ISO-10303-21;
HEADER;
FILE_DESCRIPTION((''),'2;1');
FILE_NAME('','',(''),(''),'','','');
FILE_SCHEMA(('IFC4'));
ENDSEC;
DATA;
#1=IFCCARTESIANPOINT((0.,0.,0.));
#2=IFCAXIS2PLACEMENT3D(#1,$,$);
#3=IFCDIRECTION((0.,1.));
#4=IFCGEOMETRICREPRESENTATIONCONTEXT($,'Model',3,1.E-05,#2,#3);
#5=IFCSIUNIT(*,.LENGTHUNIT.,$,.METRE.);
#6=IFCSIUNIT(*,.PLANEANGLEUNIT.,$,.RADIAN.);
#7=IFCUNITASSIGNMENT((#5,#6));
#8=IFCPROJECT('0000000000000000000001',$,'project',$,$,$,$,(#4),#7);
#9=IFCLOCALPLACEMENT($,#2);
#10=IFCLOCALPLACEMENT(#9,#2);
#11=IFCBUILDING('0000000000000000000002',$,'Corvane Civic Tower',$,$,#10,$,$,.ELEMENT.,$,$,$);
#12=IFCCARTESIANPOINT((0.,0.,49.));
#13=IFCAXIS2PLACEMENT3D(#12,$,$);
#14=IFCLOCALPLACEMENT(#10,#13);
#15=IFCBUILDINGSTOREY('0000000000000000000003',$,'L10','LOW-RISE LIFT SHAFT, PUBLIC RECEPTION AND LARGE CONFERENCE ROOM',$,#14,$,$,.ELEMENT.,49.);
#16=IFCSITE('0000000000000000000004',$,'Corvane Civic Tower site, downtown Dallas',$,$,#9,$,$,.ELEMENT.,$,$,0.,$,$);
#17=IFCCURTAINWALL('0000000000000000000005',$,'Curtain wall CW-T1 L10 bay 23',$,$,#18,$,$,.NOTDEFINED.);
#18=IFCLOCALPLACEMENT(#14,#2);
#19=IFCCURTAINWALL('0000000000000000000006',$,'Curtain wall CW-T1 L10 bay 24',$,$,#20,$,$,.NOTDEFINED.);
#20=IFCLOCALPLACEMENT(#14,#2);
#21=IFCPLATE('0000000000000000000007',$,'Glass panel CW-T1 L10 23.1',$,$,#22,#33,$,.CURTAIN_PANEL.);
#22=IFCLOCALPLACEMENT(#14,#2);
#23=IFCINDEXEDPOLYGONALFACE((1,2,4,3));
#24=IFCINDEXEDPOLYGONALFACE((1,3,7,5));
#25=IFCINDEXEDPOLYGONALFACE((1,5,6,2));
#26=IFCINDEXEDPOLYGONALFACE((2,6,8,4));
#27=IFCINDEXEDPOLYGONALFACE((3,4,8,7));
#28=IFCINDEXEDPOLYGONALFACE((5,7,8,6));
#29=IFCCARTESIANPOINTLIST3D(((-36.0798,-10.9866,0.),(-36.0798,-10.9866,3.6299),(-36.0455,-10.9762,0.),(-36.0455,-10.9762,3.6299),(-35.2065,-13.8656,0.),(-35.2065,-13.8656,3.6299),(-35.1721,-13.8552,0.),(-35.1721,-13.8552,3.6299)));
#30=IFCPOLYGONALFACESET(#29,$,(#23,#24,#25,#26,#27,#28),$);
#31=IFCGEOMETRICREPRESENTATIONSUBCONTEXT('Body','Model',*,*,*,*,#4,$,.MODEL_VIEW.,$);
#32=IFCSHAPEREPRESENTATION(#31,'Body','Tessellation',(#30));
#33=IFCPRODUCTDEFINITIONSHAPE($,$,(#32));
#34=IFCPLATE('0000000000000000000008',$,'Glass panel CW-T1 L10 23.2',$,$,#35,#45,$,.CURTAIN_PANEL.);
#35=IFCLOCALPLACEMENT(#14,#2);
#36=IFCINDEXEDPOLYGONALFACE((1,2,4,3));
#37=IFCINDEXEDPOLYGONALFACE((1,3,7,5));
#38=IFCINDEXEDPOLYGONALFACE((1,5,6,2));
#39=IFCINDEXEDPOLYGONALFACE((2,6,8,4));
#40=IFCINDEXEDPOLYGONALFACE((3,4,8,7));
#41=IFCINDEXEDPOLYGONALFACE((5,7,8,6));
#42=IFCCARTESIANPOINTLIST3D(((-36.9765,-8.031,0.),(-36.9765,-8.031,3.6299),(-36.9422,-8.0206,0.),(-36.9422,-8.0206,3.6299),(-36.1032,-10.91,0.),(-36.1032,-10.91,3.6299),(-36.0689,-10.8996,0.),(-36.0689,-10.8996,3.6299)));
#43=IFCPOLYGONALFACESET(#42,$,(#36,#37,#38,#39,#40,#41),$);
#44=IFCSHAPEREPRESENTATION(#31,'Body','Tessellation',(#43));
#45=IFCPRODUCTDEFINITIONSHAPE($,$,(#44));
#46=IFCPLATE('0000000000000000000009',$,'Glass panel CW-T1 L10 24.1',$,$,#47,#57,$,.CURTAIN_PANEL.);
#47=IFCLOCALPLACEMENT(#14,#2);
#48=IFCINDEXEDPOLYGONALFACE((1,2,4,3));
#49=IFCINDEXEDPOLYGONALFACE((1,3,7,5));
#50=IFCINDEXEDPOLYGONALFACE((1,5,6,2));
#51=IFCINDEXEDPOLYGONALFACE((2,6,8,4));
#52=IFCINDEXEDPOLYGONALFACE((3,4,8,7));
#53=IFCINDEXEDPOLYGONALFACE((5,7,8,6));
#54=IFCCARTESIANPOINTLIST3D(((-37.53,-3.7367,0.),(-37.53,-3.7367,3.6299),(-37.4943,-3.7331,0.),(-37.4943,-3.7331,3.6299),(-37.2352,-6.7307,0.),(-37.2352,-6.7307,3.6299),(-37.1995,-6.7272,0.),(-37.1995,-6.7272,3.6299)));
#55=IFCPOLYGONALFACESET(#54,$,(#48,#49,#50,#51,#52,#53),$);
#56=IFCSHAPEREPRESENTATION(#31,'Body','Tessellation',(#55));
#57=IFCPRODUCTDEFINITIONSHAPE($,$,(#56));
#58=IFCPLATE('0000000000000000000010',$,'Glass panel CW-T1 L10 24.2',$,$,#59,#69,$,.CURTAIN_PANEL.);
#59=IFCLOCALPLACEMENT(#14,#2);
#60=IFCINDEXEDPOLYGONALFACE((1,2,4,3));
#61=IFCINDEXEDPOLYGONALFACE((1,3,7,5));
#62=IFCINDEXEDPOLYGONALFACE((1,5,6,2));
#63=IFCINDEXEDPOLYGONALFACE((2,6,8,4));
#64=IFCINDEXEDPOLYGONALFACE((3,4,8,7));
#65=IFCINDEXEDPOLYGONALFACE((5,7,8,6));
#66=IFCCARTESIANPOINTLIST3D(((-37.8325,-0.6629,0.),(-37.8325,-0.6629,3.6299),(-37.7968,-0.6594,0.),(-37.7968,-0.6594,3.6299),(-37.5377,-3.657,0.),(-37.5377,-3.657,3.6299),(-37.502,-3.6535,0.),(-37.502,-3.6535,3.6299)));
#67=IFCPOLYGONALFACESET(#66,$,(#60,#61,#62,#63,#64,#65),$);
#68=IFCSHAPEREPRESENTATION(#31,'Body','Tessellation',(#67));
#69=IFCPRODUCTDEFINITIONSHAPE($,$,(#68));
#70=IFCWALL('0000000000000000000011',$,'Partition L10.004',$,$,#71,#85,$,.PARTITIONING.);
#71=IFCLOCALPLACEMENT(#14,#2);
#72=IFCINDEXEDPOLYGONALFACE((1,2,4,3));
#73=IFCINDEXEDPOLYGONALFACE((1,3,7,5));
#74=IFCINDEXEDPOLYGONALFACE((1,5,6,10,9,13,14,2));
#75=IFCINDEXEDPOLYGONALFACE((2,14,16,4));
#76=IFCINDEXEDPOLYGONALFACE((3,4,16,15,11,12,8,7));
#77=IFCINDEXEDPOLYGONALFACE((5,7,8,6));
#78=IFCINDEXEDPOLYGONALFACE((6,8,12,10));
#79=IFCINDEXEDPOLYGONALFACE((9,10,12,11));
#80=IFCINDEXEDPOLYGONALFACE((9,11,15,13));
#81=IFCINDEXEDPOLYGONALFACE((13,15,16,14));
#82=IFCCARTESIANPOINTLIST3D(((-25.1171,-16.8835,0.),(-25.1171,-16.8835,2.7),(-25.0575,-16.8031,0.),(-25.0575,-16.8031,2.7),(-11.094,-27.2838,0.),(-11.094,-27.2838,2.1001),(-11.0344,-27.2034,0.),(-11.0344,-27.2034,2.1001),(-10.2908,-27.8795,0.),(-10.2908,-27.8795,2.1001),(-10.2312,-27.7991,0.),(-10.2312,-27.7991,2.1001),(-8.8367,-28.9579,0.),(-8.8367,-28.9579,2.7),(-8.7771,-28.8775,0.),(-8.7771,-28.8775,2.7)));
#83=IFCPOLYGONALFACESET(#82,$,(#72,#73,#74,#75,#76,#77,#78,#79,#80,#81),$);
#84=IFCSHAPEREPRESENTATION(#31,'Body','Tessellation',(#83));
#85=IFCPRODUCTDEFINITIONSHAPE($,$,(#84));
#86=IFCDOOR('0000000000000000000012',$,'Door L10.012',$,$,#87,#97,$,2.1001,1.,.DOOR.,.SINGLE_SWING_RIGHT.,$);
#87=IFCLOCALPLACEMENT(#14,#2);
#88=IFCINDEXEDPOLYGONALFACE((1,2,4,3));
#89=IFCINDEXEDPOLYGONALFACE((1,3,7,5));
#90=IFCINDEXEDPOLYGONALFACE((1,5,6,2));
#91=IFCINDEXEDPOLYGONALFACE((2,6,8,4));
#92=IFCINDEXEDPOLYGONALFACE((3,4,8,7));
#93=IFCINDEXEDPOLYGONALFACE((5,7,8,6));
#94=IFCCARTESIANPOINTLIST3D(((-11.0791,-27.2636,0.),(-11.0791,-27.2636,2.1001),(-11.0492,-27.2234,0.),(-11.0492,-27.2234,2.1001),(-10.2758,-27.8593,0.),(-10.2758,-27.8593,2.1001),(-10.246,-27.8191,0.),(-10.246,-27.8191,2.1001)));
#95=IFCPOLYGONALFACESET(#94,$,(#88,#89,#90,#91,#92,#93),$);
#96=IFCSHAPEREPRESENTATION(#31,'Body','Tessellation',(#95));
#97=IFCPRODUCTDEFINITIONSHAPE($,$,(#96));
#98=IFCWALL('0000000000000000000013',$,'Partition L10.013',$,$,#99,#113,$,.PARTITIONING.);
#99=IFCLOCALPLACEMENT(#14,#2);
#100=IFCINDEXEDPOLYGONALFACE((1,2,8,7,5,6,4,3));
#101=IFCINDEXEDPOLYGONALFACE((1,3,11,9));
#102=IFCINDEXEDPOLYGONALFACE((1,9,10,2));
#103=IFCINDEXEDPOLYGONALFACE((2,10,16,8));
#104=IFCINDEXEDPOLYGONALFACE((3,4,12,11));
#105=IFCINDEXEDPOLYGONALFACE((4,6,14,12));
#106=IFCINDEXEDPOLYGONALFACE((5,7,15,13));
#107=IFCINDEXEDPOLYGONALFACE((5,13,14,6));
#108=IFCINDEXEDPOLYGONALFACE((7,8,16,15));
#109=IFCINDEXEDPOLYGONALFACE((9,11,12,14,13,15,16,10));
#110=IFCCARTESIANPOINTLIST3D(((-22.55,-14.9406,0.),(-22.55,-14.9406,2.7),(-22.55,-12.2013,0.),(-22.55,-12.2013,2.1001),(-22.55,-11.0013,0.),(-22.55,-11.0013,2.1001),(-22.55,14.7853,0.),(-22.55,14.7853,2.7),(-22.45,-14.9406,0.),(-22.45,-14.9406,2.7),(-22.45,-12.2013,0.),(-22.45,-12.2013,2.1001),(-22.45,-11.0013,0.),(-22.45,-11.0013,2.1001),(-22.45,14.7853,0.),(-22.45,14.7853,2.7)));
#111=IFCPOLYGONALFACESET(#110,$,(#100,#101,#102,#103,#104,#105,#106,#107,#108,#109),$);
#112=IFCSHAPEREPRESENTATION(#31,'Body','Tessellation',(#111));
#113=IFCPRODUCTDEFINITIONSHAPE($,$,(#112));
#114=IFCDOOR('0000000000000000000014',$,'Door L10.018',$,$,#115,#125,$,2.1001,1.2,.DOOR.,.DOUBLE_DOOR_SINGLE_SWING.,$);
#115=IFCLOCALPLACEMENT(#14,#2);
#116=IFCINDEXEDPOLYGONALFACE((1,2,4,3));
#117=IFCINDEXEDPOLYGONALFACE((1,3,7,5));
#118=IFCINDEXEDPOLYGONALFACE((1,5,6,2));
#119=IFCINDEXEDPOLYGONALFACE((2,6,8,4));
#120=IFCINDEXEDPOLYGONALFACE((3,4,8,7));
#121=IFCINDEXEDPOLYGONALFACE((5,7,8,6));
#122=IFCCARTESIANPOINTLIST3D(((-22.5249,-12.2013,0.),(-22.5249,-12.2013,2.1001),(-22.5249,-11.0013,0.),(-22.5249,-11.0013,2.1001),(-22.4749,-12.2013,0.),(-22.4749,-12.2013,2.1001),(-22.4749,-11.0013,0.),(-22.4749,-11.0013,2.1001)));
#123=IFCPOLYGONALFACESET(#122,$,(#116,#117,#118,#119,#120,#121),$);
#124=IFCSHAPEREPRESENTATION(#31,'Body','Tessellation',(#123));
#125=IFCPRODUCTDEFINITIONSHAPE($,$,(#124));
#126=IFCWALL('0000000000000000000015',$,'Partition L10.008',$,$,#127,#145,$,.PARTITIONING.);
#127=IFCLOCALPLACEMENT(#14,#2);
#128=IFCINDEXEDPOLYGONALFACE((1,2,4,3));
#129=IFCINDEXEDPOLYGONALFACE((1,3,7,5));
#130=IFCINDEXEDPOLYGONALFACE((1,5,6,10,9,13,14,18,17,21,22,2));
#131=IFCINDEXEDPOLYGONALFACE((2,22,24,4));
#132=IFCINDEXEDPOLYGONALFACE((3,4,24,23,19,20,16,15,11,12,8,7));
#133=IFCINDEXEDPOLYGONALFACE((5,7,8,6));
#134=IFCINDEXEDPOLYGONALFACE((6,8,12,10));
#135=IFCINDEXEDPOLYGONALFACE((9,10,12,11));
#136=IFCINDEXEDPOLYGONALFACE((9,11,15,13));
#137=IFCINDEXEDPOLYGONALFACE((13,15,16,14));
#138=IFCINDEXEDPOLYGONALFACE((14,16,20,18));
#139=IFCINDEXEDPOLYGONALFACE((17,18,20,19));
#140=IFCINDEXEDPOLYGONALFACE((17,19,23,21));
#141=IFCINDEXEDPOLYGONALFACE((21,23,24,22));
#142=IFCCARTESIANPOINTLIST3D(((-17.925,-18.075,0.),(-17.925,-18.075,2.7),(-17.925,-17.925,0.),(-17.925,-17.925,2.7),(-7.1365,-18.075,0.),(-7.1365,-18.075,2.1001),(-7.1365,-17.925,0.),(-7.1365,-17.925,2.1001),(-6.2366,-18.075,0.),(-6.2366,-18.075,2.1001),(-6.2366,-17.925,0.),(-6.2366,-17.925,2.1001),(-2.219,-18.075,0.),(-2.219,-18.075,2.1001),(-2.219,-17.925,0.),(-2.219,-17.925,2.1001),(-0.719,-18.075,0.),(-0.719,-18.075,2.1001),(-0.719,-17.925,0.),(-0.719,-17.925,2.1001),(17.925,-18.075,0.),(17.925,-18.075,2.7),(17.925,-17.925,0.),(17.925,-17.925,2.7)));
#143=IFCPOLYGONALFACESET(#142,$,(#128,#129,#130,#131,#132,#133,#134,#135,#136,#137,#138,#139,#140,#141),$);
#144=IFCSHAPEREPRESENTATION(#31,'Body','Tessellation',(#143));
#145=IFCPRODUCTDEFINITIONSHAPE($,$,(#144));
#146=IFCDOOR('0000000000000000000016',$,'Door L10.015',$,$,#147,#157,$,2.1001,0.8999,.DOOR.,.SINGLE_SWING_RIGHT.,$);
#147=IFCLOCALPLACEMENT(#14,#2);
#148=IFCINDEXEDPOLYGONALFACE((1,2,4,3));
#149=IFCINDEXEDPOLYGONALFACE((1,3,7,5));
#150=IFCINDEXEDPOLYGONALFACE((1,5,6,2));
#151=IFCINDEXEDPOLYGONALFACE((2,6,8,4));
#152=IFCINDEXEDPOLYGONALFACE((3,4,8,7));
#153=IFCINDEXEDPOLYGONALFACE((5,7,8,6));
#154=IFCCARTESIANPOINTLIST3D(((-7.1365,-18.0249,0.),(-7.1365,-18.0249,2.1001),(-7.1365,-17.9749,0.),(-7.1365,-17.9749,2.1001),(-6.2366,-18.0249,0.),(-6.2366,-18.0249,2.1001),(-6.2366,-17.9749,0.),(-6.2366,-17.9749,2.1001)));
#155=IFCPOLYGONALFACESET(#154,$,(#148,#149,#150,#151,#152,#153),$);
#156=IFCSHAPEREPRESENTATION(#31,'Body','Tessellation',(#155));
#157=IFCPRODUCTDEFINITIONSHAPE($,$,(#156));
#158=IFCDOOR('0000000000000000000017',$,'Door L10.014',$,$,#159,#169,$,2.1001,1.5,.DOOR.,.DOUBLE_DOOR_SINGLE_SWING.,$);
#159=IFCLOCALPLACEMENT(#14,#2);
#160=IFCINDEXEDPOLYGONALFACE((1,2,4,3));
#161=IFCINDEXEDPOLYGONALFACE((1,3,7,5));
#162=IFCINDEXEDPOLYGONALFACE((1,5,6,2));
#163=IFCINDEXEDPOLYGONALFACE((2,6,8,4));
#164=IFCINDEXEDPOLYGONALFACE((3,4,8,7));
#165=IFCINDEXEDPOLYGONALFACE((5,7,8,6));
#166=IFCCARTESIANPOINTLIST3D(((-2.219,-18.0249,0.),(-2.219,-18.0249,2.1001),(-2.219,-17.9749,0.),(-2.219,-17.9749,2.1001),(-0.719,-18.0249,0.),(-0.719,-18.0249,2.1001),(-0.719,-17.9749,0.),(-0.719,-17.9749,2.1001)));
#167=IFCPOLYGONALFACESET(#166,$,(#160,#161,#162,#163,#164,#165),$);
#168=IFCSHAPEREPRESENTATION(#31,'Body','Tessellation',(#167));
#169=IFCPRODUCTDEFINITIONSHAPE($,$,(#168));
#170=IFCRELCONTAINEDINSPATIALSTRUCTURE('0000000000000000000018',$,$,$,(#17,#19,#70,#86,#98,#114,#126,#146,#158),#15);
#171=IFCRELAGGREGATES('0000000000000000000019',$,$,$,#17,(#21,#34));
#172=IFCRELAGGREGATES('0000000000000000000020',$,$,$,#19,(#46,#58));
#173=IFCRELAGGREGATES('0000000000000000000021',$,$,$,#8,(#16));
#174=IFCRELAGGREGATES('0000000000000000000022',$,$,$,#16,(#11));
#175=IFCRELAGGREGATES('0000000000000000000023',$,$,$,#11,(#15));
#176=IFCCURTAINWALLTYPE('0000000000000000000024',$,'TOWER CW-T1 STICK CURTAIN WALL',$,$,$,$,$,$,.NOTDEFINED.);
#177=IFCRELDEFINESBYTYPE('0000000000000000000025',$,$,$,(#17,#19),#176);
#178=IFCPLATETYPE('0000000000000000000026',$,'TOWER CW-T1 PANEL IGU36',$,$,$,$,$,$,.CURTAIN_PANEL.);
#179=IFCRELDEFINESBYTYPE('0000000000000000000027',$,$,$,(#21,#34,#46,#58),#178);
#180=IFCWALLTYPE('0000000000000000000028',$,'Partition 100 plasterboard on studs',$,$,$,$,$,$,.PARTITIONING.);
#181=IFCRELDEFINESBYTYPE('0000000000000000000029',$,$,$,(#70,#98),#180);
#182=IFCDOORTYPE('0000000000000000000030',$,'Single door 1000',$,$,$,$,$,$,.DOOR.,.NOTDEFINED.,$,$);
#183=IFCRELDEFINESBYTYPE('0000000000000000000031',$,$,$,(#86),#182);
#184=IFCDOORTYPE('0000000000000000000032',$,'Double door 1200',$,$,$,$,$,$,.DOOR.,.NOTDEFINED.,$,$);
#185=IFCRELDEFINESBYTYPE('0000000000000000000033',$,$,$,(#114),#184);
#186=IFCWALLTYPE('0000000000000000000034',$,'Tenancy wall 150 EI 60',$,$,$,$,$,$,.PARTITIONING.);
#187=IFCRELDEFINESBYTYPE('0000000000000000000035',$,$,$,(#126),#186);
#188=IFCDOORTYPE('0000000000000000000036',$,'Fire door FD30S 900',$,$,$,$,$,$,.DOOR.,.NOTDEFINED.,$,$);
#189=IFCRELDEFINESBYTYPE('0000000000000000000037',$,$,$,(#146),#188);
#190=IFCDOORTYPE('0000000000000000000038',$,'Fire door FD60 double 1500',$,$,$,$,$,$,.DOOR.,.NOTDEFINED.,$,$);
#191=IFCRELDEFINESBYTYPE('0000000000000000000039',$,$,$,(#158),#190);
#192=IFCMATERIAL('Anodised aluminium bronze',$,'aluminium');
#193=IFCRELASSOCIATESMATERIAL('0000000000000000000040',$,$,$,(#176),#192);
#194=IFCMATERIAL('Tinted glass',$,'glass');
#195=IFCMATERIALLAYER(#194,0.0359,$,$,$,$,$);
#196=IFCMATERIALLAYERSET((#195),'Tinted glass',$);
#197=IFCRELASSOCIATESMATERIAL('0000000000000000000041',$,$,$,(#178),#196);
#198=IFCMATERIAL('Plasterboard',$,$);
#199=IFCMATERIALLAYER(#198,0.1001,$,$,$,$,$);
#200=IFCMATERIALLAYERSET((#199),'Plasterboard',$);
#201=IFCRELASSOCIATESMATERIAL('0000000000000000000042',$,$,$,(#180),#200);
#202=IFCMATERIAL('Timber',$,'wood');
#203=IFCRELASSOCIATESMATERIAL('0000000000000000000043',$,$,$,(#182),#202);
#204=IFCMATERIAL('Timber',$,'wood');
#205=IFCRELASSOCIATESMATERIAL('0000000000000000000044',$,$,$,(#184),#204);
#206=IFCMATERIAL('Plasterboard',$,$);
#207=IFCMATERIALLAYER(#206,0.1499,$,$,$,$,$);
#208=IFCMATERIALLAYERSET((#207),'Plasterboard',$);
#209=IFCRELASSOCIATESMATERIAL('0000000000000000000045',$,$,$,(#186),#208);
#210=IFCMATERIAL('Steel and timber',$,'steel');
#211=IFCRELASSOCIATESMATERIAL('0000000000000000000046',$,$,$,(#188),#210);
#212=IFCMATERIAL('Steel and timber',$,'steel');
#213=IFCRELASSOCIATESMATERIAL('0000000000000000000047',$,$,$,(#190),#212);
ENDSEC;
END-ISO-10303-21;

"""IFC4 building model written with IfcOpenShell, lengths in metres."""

from ifc_helpers import new_model, si_unit, direction, frame, frame_2d, origin, origin_2d, place, context, subcontext, project, spatial, rectangle, extrude, material, layer, layer_set, type_object, element, fill, aggregate, save


model = new_model("IFC4")

# Units and contexts
model_context = context("Model", 3, precision=1e-05, world=origin(), true_north=direction((0.0, 1.0)))
body_context = subcontext(model_context, "Body", "Model", "MODEL_VIEW")
ifc_project = project(units=[si_unit("LENGTHUNIT", "METRE"), si_unit("PLANEANGLEUNIT", "RADIAN")], contexts=[model_context])

# Site, building, storey
site_placement = place(None, origin())
site = spatial("IfcSite", under=ifc_project, at=site_placement, Name="Corvane Civic Tower site, downtown Dallas", CompositionType="ELEMENT", RefElevation=0.0)
building_placement = place(site_placement, origin())
building = spatial("IfcBuilding", under=site, at=building_placement, Name="Corvane Civic Tower", CompositionType="ELEMENT")
storey_placement = place(building_placement, frame((0.0, 0.0, 49.0)))
storey = spatial("IfcBuildingStorey", under=building, at=storey_placement, Name="L10", Description="LOW-RISE LIFT SHAFT, PUBLIC RECEPTION AND LARGE CONFERENCE ROOM", CompositionType="ELEMENT", Elevation=49.0)

# Shared definitions
ifc_material_1 = material(Name="Anodised aluminium bronze", Category="aluminium")
curtain_wall_type = type_object("IfcCurtainWallType", Name="TOWER CW-T1 STICK CURTAIN WALL", PredefinedType="NOTDEFINED", material=ifc_material_1)

# Curtain walls
curtain_wall_1_placement = place(storey_placement, origin())
curtain_wall_1 = element("IfcCurtainWall", 1, at=curtain_wall_1_placement, inside=storey, type_object=curtain_wall_type, Name="Curtain wall CW-T1 L10 bay 23", PredefinedType="NOTDEFINED")
curtain_wall_2_placement = place(storey_placement, origin())
curtain_wall_2 = element("IfcCurtainWall", 2, at=curtain_wall_2_placement, inside=storey, type_object=curtain_wall_type, Name="Curtain wall CW-T1 L10 bay 24", PredefinedType="NOTDEFINED")

# Plates
ifc_material_2 = material(Name="Tinted glass", Category="glass")
ifc_layer_1 = layer(ifc_material_2, 0.0359)
ifc_layer_set_1 = layer_set([ifc_layer_1], Name="Tinted glass")
plate_type = type_object("IfcPlateType", Name="TOWER CW-T1 PANEL IGU36", PredefinedType="CURTAIN_PANEL", material=ifc_layer_set_1)
plate_1_placement = place(storey_placement, frame((-35.626, -12.4209, 0.0), z_axis=(0.0, 0.0, 1.0), x_axis=(-0.290278, 0.956942, 0.0)))
plate_1 = element("IfcPlate", 3, at=plate_1_placement, type_object=plate_type, Name="Glass panel CW-T1 L10 23.1", PredefinedType="CURTAIN_PANEL", context=body_context, shape_type="SweptSolid", body=[
    extrude(rectangle(XDim=3.0085, YDim=0.0359, at=origin_2d()), origin(), (0.0, 0.0, 1.0), 3.6299),
])
plate_2_placement = place(storey_placement, frame((-36.5227, -9.4653, 0.0), z_axis=(0.0, 0.0, 1.0), x_axis=(-0.290278, 0.956942, 0.0)))
plate_2 = element("IfcPlate", 4, at=plate_2_placement, type_object=plate_type, Name="Glass panel CW-T1 L10 23.2", PredefinedType="CURTAIN_PANEL", context=body_context, shape_type="SweptSolid", body=[
    extrude(rectangle(XDim=3.0085, YDim=0.0359, at=origin_2d()), origin(), (0.0, 0.0, 1.0), 3.6299),
])
aggregate(curtain_wall_1, [plate_1, plate_2])
plate_3_placement = place(storey_placement, frame((-37.3647, -5.2319, 0.0), z_axis=(0.0, 0.0, 1.0), x_axis=(-0.098006, 0.995186, 0.0)))
plate_3 = element("IfcPlate", 5, at=plate_3_placement, type_object=plate_type, Name="Glass panel CW-T1 L10 24.1", PredefinedType="CURTAIN_PANEL", context=body_context, shape_type="SweptSolid", body=[
    extrude(rectangle(XDim=3.0085, YDim=0.0359, at=origin_2d()), origin(), (0.0, 0.0, 1.0), 3.6299),
])
plate_4_placement = place(storey_placement, frame((-37.6672, -2.1582, 0.0), z_axis=(0.0, 0.0, 1.0), x_axis=(-0.098006, 0.995186, 0.0)))
plate_4 = element("IfcPlate", 6, at=plate_4_placement, type_object=plate_type, Name="Glass panel CW-T1 L10 24.2", PredefinedType="CURTAIN_PANEL", context=body_context, shape_type="SweptSolid", body=[
    extrude(rectangle(XDim=3.0085, YDim=0.0359, at=origin_2d()), origin(), (0.0, 0.0, 1.0), 3.6299),
])
aggregate(curtain_wall_2, [plate_3, plate_4])

# Walls, openings, doors
ifc_material_3 = material(Name="Plasterboard")
ifc_layer_2 = layer(ifc_material_3, 0.1001)
ifc_layer_set_2 = layer_set([ifc_layer_2], Name="Plasterboard")
wall_type_1 = type_object("IfcWallType", Name="Partition 100 plasterboard on studs", PredefinedType="PARTITIONING", material=ifc_layer_set_2)
wall_1_placement = place(storey_placement, frame((-25.0874, -16.8433, 0.0), z_axis=(0.0, 0.0, 1.0), x_axis=(0.803207, -0.5957, 0.0)))
wall_1 = element("IfcWall", 7, at=wall_1_placement, inside=storey, type_object=wall_type_1, Name="Partition L10.004", PredefinedType="PARTITIONING", context=body_context, shape_type="SweptSolid", body=[
    extrude(rectangle(XDim=20.2693, YDim=0.1001, at=frame_2d((10.1348, 0.0))), origin(), (0.0, 0.0, 1.0), 2.7),
])
opening_1_placement = place(wall_1_placement, frame((17.459, 0.0, 0.0)))
opening_1 = element("IfcOpeningElement", 8, at=opening_1_placement, cuts=wall_1, PredefinedType="OPENING", context=body_context, shape_type="SweptSolid", body=[
    extrude(rectangle(XDim=1.0, YDim=2.1001, at=frame_2d((0.5, 1.05))), frame((0.0, 0.0601, 0.0), z_axis=(0.0, -1.0, 0.0), x_axis=(1.0, 0.0, 0.0)), (0.0, 0.0, 1.0), 0.1201),
])
ifc_material_4 = material(Name="Timber", Category="wood")
door_type_1 = type_object("IfcDoorType", Name="Single door 1000", OperationType="NOTDEFINED", PredefinedType="DOOR", material=ifc_material_4)
door_1_placement = place(opening_1_placement, frame((1.0, 0.0, 0.0), z_axis=(0.0, 0.0, 1.0), x_axis=(-1.0, 0.0, 0.0)))
door_1 = element("IfcDoor", 9, at=door_1_placement, inside=storey, type_object=door_type_1, Name="Door L10.012", OperationType="SINGLE_SWING_RIGHT", OverallHeight=2.1001, OverallWidth=1.0, PredefinedType="DOOR", context=body_context, shape_type="SweptSolid", body=[
    extrude(rectangle(XDim=1.0, YDim=2.1001, at=frame_2d((0.5, 1.05))), frame((0.0, 0.0249, 0.0), z_axis=(0.0, -1.0, 0.0), x_axis=(1.0, 0.0, 0.0)), (0.0, 0.0, 1.0), 0.05),
])
fill(opening_1, door_1)
wall_2_placement = place(storey_placement, frame((-22.5, -14.9404, 0.0), z_axis=(0.0, 0.0, 1.0), x_axis=(0.0, 1.0, 0.0)))
wall_2 = element("IfcWall", 10, at=wall_2_placement, inside=storey, type_object=wall_type_1, Name="Partition L10.013", PredefinedType="PARTITIONING", context=body_context, shape_type="SweptSolid", body=[
    extrude(rectangle(XDim=29.7258, YDim=0.1001, at=frame_2d((14.8628, 0.0))), origin(), (0.0, 0.0, 1.0), 2.7),
])
opening_2_placement = place(wall_2_placement, frame((2.739, 0.0, 0.0)))
opening_2 = element("IfcOpeningElement", 11, at=opening_2_placement, cuts=wall_2, PredefinedType="OPENING", context=body_context, shape_type="SweptSolid", body=[
    extrude(rectangle(XDim=1.2, YDim=2.1001, at=frame_2d((0.6001, 1.05))), frame((0.0, 0.0601, 0.0), z_axis=(0.0, -1.0, 0.0), x_axis=(1.0, 0.0, 0.0)), (0.0, 0.0, 1.0), 0.1201),
])
ifc_material_5 = material(Name="Timber", Category="wood")
door_type_2 = type_object("IfcDoorType", Name="Double door 1200", OperationType="NOTDEFINED", PredefinedType="DOOR", material=ifc_material_5)
door_2_placement = place(opening_2_placement, origin())
door_2 = element("IfcDoor", 12, at=door_2_placement, inside=storey, type_object=door_type_2, Name="Door L10.018", OperationType="DOUBLE_DOOR_SINGLE_SWING", OverallHeight=2.1001, OverallWidth=1.2, PredefinedType="DOOR", context=body_context, shape_type="SweptSolid", body=[
    extrude(rectangle(XDim=1.2, YDim=2.1001, at=frame_2d((0.6001, 1.05))), frame((0.0, 0.0249, 0.0), z_axis=(0.0, -1.0, 0.0), x_axis=(1.0, 0.0, 0.0)), (0.0, 0.0, 1.0), 0.05),
])
fill(opening_2, door_2)

# Wall, openings, doors
ifc_material_6 = material(Name="Plasterboard")
ifc_layer_3 = layer(ifc_material_6, 0.1499)
ifc_layer_set_3 = layer_set([ifc_layer_3], Name="Plasterboard")
wall_type_2 = type_object("IfcWallType", Name="Tenancy wall 150 EI 60", PredefinedType="PARTITIONING", material=ifc_layer_set_3)
wall_3_placement = place(storey_placement, frame((-17.925, -18.0, 0.0), z_axis=(0.0, 0.0, 1.0), x_axis=(1.0, 0.0, 0.0)))
wall_3 = element("IfcWall", 13, at=wall_3_placement, inside=storey, type_object=wall_type_2, Name="Partition L10.008", PredefinedType="PARTITIONING", context=body_context, shape_type="SweptSolid", body=[
    extrude(rectangle(XDim=35.8501, YDim=0.1499, at=frame_2d((17.925, 0.0))), origin(), (0.0, 0.0, 1.0), 2.7),
])
opening_3_placement = place(wall_3_placement, frame((15.7061, 0.0, 0.0)))
opening_3 = element("IfcOpeningElement", 14, at=opening_3_placement, cuts=wall_3, PredefinedType="OPENING", context=body_context, shape_type="SweptSolid", body=[
    extrude(rectangle(XDim=1.5, YDim=2.1001, at=frame_2d((0.75, 1.05))), frame((0.0, 0.085, 0.0), z_axis=(0.0, -1.0, 0.0), x_axis=(1.0, 0.0, 0.0)), (0.0, 0.0, 1.0), 0.1699),
])
opening_4_placement = place(wall_3_placement, frame((10.7886, 0.0, 0.0)))
opening_4 = element("IfcOpeningElement", 15, at=opening_4_placement, cuts=wall_3, PredefinedType="OPENING", context=body_context, shape_type="SweptSolid", body=[
    extrude(rectangle(XDim=0.8999, YDim=2.1001, at=frame_2d((0.45, 1.05))), frame((0.0, 0.085, 0.0), z_axis=(0.0, -1.0, 0.0), x_axis=(1.0, 0.0, 0.0)), (0.0, 0.0, 1.0), 0.1699),
])
ifc_material_7 = material(Name="Steel and timber", Category="steel")
door_type_3 = type_object("IfcDoorType", Name="Fire door FD30S 900", OperationType="NOTDEFINED", PredefinedType="DOOR", material=ifc_material_7)
door_3_placement = place(opening_4_placement, frame((0.8999, 0.0, 0.0), z_axis=(0.0, 0.0, 1.0), x_axis=(-1.0, 0.0, 0.0)))
door_3 = element("IfcDoor", 16, at=door_3_placement, inside=storey, type_object=door_type_3, Name="Door L10.015", OperationType="SINGLE_SWING_RIGHT", OverallHeight=2.1001, OverallWidth=0.8999, PredefinedType="DOOR", context=body_context, shape_type="SweptSolid", body=[
    extrude(rectangle(XDim=0.8999, YDim=2.1001, at=frame_2d((0.45, 1.05))), frame((0.0, 0.0249, 0.0), z_axis=(0.0, -1.0, 0.0), x_axis=(1.0, 0.0, 0.0)), (0.0, 0.0, 1.0), 0.05),
])
fill(opening_4, door_3)
ifc_material_8 = material(Name="Steel and timber", Category="steel")
door_type_4 = type_object("IfcDoorType", Name="Fire door FD60 double 1500", OperationType="NOTDEFINED", PredefinedType="DOOR", material=ifc_material_8)
door_4_placement = place(opening_3_placement, frame((1.5, 0.0, 0.0), z_axis=(0.0, 0.0, 1.0), x_axis=(-1.0, 0.0, 0.0)))
door_4 = element("IfcDoor", 17, at=door_4_placement, inside=storey, type_object=door_type_4, Name="Door L10.014", OperationType="DOUBLE_DOOR_SINGLE_SWING", OverallHeight=2.1001, OverallWidth=1.5, PredefinedType="DOOR", context=body_context, shape_type="SweptSolid", body=[
    extrude(rectangle(XDim=1.5, YDim=2.1001, at=frame_2d((0.75, 1.05))), frame((0.0, 0.0249, 0.0), z_axis=(0.0, -1.0, 0.0), x_axis=(1.0, 0.0, 0.0)), (0.0, 0.0, 1.0), 0.05),
])
fill(opening_3, door_4)

save(model, "model.ifc")
